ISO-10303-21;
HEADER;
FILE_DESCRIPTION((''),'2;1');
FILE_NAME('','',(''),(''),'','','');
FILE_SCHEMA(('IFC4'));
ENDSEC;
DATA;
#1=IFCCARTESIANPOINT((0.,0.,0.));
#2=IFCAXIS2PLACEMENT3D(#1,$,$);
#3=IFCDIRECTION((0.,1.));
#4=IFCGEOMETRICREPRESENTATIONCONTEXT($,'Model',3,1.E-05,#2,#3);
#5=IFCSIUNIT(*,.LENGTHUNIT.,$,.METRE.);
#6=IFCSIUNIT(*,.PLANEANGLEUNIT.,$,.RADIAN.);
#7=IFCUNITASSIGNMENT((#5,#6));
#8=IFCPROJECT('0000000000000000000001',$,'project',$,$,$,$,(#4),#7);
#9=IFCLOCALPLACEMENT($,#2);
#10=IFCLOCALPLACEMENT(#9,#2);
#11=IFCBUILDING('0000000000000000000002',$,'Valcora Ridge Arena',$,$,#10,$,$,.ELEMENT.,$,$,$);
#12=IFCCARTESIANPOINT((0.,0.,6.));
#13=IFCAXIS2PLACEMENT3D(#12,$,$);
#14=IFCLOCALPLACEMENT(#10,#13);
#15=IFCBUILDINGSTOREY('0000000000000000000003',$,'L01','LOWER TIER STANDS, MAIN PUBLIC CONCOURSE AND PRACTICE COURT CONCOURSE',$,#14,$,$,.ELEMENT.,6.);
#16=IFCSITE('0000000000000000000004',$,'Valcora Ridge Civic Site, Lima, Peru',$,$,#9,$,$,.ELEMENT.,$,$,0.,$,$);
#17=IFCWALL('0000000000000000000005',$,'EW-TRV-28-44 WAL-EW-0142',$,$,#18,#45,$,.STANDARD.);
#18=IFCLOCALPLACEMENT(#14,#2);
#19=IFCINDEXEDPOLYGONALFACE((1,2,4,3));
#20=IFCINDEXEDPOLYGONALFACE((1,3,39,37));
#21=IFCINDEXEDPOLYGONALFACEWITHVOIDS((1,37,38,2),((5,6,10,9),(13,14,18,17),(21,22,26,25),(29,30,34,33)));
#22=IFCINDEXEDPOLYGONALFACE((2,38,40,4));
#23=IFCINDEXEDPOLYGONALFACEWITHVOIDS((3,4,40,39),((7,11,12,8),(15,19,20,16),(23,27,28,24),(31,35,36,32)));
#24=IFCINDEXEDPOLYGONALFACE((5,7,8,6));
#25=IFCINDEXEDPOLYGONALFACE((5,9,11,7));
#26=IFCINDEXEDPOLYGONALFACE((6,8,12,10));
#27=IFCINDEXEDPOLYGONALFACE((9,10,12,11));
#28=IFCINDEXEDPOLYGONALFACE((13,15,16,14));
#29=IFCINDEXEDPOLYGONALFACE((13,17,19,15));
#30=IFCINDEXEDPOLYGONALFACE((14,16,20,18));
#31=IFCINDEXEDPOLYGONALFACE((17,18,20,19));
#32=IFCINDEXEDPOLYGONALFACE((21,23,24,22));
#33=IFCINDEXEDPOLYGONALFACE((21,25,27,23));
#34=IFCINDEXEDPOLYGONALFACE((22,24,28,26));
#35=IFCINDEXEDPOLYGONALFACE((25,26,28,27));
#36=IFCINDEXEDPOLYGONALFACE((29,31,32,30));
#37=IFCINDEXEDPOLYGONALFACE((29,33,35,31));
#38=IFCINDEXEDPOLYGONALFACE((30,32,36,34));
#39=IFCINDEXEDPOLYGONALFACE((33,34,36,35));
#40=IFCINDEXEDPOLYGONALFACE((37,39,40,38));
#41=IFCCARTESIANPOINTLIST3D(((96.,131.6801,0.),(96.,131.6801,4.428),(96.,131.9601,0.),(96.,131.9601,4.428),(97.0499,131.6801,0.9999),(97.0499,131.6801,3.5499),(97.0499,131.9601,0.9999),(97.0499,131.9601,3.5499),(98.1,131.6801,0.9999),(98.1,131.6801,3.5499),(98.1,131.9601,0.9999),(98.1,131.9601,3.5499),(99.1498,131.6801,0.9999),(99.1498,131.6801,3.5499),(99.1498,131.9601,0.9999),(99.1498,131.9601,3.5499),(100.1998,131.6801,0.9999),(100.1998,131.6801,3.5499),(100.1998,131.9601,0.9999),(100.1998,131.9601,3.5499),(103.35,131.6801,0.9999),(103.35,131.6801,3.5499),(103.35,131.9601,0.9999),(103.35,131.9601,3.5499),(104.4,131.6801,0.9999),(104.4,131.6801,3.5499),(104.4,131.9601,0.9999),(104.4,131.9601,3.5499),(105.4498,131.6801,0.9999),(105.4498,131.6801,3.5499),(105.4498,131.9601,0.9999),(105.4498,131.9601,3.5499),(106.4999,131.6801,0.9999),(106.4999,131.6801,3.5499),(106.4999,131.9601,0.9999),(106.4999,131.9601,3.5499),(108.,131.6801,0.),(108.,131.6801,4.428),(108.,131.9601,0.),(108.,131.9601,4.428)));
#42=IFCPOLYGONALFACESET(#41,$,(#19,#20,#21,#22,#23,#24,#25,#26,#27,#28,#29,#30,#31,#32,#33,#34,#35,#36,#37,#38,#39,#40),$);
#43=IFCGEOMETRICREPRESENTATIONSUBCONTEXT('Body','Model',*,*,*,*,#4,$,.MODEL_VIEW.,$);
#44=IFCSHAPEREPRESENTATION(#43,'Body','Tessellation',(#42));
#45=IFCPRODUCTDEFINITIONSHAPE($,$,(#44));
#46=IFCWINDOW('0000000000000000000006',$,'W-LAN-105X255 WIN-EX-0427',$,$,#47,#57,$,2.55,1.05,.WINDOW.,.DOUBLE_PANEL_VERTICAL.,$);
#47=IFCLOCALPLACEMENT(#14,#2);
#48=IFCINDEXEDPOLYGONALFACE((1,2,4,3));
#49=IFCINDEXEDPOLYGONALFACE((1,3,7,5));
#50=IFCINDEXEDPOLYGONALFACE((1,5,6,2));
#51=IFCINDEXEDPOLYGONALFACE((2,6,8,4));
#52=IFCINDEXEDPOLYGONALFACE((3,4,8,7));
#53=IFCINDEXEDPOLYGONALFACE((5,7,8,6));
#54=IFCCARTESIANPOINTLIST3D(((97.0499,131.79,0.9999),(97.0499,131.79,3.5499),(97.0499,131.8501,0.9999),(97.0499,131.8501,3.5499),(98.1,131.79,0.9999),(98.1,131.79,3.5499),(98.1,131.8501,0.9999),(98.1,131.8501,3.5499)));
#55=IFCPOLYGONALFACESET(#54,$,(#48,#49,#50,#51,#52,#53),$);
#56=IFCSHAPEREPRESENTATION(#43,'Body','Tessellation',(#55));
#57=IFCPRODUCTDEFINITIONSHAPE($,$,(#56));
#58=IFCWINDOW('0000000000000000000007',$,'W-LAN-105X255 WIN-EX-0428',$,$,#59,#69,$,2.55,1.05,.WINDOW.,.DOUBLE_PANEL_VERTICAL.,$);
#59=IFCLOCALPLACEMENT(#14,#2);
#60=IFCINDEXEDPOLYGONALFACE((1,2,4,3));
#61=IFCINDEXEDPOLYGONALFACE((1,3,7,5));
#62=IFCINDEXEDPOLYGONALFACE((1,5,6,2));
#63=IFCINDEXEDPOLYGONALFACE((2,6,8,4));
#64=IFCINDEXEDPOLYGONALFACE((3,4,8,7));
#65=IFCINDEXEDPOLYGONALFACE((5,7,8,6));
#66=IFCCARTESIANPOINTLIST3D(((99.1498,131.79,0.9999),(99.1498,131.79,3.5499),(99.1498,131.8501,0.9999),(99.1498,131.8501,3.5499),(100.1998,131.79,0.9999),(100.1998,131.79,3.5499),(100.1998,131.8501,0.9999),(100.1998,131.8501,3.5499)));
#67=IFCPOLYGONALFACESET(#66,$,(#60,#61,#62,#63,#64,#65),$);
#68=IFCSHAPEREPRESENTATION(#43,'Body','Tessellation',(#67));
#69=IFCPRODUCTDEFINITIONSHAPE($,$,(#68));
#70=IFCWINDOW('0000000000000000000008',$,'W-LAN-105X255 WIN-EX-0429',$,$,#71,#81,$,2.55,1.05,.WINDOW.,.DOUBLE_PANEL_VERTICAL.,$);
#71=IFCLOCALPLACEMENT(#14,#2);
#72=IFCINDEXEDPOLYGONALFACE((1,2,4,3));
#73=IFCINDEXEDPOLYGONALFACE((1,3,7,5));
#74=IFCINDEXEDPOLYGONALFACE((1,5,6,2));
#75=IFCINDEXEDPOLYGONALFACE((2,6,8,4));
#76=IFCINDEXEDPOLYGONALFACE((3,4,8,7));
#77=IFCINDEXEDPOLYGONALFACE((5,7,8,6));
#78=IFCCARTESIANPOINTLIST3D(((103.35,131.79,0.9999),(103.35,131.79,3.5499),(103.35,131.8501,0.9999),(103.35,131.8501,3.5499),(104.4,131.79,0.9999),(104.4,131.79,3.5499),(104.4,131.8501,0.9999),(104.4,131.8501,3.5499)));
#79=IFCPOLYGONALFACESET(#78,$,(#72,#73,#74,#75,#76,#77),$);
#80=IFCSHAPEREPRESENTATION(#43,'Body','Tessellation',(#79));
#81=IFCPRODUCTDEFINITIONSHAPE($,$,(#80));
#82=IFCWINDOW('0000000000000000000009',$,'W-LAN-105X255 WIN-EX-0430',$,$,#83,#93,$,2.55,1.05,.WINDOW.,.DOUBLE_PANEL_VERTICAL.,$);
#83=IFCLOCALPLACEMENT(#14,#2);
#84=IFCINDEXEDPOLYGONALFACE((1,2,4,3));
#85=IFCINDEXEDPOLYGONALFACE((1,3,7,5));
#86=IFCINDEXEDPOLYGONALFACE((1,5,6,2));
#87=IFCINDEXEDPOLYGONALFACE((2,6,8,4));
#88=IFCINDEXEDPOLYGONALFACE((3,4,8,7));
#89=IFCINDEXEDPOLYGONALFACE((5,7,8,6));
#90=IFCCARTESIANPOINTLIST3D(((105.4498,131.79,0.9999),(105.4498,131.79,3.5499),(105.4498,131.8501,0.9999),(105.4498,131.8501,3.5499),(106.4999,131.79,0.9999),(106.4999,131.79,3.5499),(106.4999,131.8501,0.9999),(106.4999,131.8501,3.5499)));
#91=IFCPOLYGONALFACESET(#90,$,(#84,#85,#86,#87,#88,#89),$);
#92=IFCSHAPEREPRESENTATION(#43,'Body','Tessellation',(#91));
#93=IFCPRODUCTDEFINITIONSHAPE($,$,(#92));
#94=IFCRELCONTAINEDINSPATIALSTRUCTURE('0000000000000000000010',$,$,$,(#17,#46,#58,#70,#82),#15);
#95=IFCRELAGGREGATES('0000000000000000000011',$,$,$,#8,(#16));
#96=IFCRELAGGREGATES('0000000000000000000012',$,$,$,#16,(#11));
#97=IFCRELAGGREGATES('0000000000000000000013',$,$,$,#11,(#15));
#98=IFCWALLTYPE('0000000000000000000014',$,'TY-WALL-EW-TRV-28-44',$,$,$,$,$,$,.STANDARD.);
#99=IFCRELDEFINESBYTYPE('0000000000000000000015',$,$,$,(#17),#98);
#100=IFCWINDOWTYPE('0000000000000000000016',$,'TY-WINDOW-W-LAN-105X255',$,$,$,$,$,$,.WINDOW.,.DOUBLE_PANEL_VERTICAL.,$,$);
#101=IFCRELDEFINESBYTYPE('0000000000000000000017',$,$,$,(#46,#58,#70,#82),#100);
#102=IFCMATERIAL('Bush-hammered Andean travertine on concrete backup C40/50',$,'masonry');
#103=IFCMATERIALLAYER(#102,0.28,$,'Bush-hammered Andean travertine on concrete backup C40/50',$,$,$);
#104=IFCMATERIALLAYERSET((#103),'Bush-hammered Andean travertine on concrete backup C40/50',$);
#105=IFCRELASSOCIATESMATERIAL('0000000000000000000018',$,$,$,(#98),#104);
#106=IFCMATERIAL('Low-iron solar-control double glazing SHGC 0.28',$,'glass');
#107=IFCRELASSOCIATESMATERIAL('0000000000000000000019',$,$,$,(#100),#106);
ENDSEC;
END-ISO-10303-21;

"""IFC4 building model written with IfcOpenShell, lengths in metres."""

from ifc_helpers import new_model, si_unit, direction, frame, frame_2d, origin, place, context, subcontext, project, spatial, rectangle, extrude, material, layer, layer_set, type_object, element, fill, save


model = new_model("IFC4")

# Units and contexts
model_context = context("Model", 3, precision=1e-05, world=origin(), true_north=direction((0.0, 1.0)))
body_context = subcontext(model_context, "Body", "Model", "MODEL_VIEW")
ifc_project = project(units=[si_unit("LENGTHUNIT", "METRE"), si_unit("PLANEANGLEUNIT", "RADIAN")], contexts=[model_context])

# Site, building, storey
site_placement = place(None, origin())
site = spatial("IfcSite", under=ifc_project, at=site_placement, Name="Valcora Ridge Civic Site, Lima, Peru", CompositionType="ELEMENT", RefElevation=0.0)
building_placement = place(site_placement, origin())
building = spatial("IfcBuilding", under=site, at=building_placement, Name="Valcora Ridge Arena", CompositionType="ELEMENT")
storey_placement = place(building_placement, frame((0.0, 0.0, 6.0)))
storey = spatial("IfcBuildingStorey", under=building, at=storey_placement, Name="L01", Description="LOWER TIER STANDS, MAIN PUBLIC CONCOURSE AND PRACTICE COURT CONCOURSE", CompositionType="ELEMENT", Elevation=6.0)

# Wall, openings, windows
ifc_material_1 = material(Name="Bush-hammered Andean travertine on concrete backup C40/50", Category="masonry")
ifc_layer = layer(ifc_material_1, 0.28, Name="Bush-hammered Andean travertine on concrete backup C40/50")
ifc_layer_set = layer_set([ifc_layer], Name="Bush-hammered Andean travertine on concrete backup C40/50")
wall_type = type_object("IfcWallType", Name="TY-WALL-EW-TRV-28-44", PredefinedType="STANDARD", material=ifc_layer_set)
ifc_material_2 = material(Name="Low-iron solar-control double glazing SHGC 0.28", Category="glass")
window_type = type_object("IfcWindowType", Name="TY-WINDOW-W-LAN-105X255", PartitioningType="DOUBLE_PANEL_VERTICAL", PredefinedType="WINDOW", material=ifc_material_2)
wall_1_placement = place(storey_placement, frame((96.0, 131.8201, 0.0), z_axis=(0.0, 0.0, 1.0), x_axis=(1.0, 0.0, 0.0)))
wall_1 = element("IfcWall", 1, at=wall_1_placement, inside=storey, type_object=wall_type, Name="EW-TRV-28-44 WAL-EW-0142", PredefinedType="STANDARD", context=body_context, shape_type="SweptSolid", body=[
    extrude(rectangle(XDim=12.0, YDim=0.28, at=frame_2d((6.0, 0.0))), origin(), (0.0, 0.0, 1.0), 4.428),
])
opening_1_placement = place(wall_1_placement, frame((1.05, 0.0, 1.0)))
opening_1 = element("IfcOpeningElement", 2, at=opening_1_placement, cuts=wall_1, PredefinedType="OPENING", context=body_context, shape_type="SweptSolid", body=[
    extrude(rectangle(XDim=1.05, YDim=2.55, at=frame_2d((0.5249, 1.2749))), frame((0.0, 0.1499, 0.0), z_axis=(0.0, -1.0, 0.0), x_axis=(1.0, 0.0, 0.0)), (0.0, 0.0, 1.0), 0.3),
])
opening_2_placement = place(wall_1_placement, frame((3.1499, 0.0, 1.0)))
opening_2 = element("IfcOpeningElement", 3, at=opening_2_placement, cuts=wall_1, PredefinedType="OPENING", context=body_context, shape_type="SweptSolid", body=[
    extrude(rectangle(XDim=1.05, YDim=2.55, at=frame_2d((0.5249, 1.2749))), frame((0.0, 0.1499, 0.0), z_axis=(0.0, -1.0, 0.0), x_axis=(1.0, 0.0, 0.0)), (0.0, 0.0, 1.0), 0.3),
])
opening_3_placement = place(wall_1_placement, frame((7.3501, 0.0, 1.0)))
opening_3 = element("IfcOpeningElement", 4, at=opening_3_placement, cuts=wall_1, PredefinedType="OPENING", context=body_context, shape_type="SweptSolid", body=[
    extrude(rectangle(XDim=1.05, YDim=2.55, at=frame_2d((0.5249, 1.2749))), frame((0.0, 0.1499, 0.0), z_axis=(0.0, -1.0, 0.0), x_axis=(1.0, 0.0, 0.0)), (0.0, 0.0, 1.0), 0.3),
])
opening_4_placement = place(wall_1_placement, frame((9.45, 0.0, 1.0)))
opening_4 = element("IfcOpeningElement", 5, at=opening_4_placement, cuts=wall_1, PredefinedType="OPENING", context=body_context, shape_type="SweptSolid", body=[
    extrude(rectangle(XDim=1.05, YDim=2.55, at=frame_2d((0.5249, 1.2749))), frame((0.0, 0.1499, 0.0), z_axis=(0.0, -1.0, 0.0), x_axis=(1.0, 0.0, 0.0)), (0.0, 0.0, 1.0), 0.3),
])
window_1_placement = place(opening_1_placement, origin())
window_1 = element("IfcWindow", 6, at=window_1_placement, inside=storey, type_object=window_type, Name="W-LAN-105X255 WIN-EX-0427", OverallHeight=2.55, OverallWidth=1.05, PartitioningType="DOUBLE_PANEL_VERTICAL", PredefinedType="WINDOW", context=body_context, shape_type="SweptSolid", body=[
    extrude(rectangle(XDim=1.05, YDim=2.55, at=frame_2d((0.5249, 1.2749))), frame((0.0, 0.03, 0.0), z_axis=(0.0, -1.0, 0.0), x_axis=(1.0, 0.0, 0.0)), (0.0, 0.0, 1.0), 0.0601),
])
fill(opening_1, window_1)
window_2_placement = place(opening_2_placement, origin())
window_2 = element("IfcWindow", 7, at=window_2_placement, inside=storey, type_object=window_type, Name="W-LAN-105X255 WIN-EX-0428", OverallHeight=2.55, OverallWidth=1.05, PartitioningType="DOUBLE_PANEL_VERTICAL", PredefinedType="WINDOW", context=body_context, shape_type="SweptSolid", body=[
    extrude(rectangle(XDim=1.05, YDim=2.55, at=frame_2d((0.5249, 1.2749))), frame((0.0, 0.03, 0.0), z_axis=(0.0, -1.0, 0.0), x_axis=(1.0, 0.0, 0.0)), (0.0, 0.0, 1.0), 0.0601),
])
fill(opening_2, window_2)
window_3_placement = place(opening_3_placement, origin())
window_3 = element("IfcWindow", 8, at=window_3_placement, inside=storey, type_object=window_type, Name="W-LAN-105X255 WIN-EX-0429", OverallHeight=2.55, OverallWidth=1.05, PartitioningType="DOUBLE_PANEL_VERTICAL", PredefinedType="WINDOW", context=body_context, shape_type="SweptSolid", body=[
    extrude(rectangle(XDim=1.05, YDim=2.55, at=frame_2d((0.5249, 1.2749))), frame((0.0, 0.03, 0.0), z_axis=(0.0, -1.0, 0.0), x_axis=(1.0, 0.0, 0.0)), (0.0, 0.0, 1.0), 0.0601),
])
fill(opening_3, window_3)
window_4_placement = place(opening_4_placement, origin())
window_4 = element("IfcWindow", 9, at=window_4_placement, inside=storey, type_object=window_type, Name="W-LAN-105X255 WIN-EX-0430", OverallHeight=2.55, OverallWidth=1.05, PartitioningType="DOUBLE_PANEL_VERTICAL", PredefinedType="WINDOW", context=body_context, shape_type="SweptSolid", body=[
    extrude(rectangle(XDim=1.05, YDim=2.55, at=frame_2d((0.5249, 1.2749))), frame((0.0, 0.03, 0.0), z_axis=(0.0, -1.0, 0.0), x_axis=(1.0, 0.0, 0.0)), (0.0, 0.0, 1.0), 0.0601),
])
fill(opening_4, window_4)

save(model, "model.ifc")
